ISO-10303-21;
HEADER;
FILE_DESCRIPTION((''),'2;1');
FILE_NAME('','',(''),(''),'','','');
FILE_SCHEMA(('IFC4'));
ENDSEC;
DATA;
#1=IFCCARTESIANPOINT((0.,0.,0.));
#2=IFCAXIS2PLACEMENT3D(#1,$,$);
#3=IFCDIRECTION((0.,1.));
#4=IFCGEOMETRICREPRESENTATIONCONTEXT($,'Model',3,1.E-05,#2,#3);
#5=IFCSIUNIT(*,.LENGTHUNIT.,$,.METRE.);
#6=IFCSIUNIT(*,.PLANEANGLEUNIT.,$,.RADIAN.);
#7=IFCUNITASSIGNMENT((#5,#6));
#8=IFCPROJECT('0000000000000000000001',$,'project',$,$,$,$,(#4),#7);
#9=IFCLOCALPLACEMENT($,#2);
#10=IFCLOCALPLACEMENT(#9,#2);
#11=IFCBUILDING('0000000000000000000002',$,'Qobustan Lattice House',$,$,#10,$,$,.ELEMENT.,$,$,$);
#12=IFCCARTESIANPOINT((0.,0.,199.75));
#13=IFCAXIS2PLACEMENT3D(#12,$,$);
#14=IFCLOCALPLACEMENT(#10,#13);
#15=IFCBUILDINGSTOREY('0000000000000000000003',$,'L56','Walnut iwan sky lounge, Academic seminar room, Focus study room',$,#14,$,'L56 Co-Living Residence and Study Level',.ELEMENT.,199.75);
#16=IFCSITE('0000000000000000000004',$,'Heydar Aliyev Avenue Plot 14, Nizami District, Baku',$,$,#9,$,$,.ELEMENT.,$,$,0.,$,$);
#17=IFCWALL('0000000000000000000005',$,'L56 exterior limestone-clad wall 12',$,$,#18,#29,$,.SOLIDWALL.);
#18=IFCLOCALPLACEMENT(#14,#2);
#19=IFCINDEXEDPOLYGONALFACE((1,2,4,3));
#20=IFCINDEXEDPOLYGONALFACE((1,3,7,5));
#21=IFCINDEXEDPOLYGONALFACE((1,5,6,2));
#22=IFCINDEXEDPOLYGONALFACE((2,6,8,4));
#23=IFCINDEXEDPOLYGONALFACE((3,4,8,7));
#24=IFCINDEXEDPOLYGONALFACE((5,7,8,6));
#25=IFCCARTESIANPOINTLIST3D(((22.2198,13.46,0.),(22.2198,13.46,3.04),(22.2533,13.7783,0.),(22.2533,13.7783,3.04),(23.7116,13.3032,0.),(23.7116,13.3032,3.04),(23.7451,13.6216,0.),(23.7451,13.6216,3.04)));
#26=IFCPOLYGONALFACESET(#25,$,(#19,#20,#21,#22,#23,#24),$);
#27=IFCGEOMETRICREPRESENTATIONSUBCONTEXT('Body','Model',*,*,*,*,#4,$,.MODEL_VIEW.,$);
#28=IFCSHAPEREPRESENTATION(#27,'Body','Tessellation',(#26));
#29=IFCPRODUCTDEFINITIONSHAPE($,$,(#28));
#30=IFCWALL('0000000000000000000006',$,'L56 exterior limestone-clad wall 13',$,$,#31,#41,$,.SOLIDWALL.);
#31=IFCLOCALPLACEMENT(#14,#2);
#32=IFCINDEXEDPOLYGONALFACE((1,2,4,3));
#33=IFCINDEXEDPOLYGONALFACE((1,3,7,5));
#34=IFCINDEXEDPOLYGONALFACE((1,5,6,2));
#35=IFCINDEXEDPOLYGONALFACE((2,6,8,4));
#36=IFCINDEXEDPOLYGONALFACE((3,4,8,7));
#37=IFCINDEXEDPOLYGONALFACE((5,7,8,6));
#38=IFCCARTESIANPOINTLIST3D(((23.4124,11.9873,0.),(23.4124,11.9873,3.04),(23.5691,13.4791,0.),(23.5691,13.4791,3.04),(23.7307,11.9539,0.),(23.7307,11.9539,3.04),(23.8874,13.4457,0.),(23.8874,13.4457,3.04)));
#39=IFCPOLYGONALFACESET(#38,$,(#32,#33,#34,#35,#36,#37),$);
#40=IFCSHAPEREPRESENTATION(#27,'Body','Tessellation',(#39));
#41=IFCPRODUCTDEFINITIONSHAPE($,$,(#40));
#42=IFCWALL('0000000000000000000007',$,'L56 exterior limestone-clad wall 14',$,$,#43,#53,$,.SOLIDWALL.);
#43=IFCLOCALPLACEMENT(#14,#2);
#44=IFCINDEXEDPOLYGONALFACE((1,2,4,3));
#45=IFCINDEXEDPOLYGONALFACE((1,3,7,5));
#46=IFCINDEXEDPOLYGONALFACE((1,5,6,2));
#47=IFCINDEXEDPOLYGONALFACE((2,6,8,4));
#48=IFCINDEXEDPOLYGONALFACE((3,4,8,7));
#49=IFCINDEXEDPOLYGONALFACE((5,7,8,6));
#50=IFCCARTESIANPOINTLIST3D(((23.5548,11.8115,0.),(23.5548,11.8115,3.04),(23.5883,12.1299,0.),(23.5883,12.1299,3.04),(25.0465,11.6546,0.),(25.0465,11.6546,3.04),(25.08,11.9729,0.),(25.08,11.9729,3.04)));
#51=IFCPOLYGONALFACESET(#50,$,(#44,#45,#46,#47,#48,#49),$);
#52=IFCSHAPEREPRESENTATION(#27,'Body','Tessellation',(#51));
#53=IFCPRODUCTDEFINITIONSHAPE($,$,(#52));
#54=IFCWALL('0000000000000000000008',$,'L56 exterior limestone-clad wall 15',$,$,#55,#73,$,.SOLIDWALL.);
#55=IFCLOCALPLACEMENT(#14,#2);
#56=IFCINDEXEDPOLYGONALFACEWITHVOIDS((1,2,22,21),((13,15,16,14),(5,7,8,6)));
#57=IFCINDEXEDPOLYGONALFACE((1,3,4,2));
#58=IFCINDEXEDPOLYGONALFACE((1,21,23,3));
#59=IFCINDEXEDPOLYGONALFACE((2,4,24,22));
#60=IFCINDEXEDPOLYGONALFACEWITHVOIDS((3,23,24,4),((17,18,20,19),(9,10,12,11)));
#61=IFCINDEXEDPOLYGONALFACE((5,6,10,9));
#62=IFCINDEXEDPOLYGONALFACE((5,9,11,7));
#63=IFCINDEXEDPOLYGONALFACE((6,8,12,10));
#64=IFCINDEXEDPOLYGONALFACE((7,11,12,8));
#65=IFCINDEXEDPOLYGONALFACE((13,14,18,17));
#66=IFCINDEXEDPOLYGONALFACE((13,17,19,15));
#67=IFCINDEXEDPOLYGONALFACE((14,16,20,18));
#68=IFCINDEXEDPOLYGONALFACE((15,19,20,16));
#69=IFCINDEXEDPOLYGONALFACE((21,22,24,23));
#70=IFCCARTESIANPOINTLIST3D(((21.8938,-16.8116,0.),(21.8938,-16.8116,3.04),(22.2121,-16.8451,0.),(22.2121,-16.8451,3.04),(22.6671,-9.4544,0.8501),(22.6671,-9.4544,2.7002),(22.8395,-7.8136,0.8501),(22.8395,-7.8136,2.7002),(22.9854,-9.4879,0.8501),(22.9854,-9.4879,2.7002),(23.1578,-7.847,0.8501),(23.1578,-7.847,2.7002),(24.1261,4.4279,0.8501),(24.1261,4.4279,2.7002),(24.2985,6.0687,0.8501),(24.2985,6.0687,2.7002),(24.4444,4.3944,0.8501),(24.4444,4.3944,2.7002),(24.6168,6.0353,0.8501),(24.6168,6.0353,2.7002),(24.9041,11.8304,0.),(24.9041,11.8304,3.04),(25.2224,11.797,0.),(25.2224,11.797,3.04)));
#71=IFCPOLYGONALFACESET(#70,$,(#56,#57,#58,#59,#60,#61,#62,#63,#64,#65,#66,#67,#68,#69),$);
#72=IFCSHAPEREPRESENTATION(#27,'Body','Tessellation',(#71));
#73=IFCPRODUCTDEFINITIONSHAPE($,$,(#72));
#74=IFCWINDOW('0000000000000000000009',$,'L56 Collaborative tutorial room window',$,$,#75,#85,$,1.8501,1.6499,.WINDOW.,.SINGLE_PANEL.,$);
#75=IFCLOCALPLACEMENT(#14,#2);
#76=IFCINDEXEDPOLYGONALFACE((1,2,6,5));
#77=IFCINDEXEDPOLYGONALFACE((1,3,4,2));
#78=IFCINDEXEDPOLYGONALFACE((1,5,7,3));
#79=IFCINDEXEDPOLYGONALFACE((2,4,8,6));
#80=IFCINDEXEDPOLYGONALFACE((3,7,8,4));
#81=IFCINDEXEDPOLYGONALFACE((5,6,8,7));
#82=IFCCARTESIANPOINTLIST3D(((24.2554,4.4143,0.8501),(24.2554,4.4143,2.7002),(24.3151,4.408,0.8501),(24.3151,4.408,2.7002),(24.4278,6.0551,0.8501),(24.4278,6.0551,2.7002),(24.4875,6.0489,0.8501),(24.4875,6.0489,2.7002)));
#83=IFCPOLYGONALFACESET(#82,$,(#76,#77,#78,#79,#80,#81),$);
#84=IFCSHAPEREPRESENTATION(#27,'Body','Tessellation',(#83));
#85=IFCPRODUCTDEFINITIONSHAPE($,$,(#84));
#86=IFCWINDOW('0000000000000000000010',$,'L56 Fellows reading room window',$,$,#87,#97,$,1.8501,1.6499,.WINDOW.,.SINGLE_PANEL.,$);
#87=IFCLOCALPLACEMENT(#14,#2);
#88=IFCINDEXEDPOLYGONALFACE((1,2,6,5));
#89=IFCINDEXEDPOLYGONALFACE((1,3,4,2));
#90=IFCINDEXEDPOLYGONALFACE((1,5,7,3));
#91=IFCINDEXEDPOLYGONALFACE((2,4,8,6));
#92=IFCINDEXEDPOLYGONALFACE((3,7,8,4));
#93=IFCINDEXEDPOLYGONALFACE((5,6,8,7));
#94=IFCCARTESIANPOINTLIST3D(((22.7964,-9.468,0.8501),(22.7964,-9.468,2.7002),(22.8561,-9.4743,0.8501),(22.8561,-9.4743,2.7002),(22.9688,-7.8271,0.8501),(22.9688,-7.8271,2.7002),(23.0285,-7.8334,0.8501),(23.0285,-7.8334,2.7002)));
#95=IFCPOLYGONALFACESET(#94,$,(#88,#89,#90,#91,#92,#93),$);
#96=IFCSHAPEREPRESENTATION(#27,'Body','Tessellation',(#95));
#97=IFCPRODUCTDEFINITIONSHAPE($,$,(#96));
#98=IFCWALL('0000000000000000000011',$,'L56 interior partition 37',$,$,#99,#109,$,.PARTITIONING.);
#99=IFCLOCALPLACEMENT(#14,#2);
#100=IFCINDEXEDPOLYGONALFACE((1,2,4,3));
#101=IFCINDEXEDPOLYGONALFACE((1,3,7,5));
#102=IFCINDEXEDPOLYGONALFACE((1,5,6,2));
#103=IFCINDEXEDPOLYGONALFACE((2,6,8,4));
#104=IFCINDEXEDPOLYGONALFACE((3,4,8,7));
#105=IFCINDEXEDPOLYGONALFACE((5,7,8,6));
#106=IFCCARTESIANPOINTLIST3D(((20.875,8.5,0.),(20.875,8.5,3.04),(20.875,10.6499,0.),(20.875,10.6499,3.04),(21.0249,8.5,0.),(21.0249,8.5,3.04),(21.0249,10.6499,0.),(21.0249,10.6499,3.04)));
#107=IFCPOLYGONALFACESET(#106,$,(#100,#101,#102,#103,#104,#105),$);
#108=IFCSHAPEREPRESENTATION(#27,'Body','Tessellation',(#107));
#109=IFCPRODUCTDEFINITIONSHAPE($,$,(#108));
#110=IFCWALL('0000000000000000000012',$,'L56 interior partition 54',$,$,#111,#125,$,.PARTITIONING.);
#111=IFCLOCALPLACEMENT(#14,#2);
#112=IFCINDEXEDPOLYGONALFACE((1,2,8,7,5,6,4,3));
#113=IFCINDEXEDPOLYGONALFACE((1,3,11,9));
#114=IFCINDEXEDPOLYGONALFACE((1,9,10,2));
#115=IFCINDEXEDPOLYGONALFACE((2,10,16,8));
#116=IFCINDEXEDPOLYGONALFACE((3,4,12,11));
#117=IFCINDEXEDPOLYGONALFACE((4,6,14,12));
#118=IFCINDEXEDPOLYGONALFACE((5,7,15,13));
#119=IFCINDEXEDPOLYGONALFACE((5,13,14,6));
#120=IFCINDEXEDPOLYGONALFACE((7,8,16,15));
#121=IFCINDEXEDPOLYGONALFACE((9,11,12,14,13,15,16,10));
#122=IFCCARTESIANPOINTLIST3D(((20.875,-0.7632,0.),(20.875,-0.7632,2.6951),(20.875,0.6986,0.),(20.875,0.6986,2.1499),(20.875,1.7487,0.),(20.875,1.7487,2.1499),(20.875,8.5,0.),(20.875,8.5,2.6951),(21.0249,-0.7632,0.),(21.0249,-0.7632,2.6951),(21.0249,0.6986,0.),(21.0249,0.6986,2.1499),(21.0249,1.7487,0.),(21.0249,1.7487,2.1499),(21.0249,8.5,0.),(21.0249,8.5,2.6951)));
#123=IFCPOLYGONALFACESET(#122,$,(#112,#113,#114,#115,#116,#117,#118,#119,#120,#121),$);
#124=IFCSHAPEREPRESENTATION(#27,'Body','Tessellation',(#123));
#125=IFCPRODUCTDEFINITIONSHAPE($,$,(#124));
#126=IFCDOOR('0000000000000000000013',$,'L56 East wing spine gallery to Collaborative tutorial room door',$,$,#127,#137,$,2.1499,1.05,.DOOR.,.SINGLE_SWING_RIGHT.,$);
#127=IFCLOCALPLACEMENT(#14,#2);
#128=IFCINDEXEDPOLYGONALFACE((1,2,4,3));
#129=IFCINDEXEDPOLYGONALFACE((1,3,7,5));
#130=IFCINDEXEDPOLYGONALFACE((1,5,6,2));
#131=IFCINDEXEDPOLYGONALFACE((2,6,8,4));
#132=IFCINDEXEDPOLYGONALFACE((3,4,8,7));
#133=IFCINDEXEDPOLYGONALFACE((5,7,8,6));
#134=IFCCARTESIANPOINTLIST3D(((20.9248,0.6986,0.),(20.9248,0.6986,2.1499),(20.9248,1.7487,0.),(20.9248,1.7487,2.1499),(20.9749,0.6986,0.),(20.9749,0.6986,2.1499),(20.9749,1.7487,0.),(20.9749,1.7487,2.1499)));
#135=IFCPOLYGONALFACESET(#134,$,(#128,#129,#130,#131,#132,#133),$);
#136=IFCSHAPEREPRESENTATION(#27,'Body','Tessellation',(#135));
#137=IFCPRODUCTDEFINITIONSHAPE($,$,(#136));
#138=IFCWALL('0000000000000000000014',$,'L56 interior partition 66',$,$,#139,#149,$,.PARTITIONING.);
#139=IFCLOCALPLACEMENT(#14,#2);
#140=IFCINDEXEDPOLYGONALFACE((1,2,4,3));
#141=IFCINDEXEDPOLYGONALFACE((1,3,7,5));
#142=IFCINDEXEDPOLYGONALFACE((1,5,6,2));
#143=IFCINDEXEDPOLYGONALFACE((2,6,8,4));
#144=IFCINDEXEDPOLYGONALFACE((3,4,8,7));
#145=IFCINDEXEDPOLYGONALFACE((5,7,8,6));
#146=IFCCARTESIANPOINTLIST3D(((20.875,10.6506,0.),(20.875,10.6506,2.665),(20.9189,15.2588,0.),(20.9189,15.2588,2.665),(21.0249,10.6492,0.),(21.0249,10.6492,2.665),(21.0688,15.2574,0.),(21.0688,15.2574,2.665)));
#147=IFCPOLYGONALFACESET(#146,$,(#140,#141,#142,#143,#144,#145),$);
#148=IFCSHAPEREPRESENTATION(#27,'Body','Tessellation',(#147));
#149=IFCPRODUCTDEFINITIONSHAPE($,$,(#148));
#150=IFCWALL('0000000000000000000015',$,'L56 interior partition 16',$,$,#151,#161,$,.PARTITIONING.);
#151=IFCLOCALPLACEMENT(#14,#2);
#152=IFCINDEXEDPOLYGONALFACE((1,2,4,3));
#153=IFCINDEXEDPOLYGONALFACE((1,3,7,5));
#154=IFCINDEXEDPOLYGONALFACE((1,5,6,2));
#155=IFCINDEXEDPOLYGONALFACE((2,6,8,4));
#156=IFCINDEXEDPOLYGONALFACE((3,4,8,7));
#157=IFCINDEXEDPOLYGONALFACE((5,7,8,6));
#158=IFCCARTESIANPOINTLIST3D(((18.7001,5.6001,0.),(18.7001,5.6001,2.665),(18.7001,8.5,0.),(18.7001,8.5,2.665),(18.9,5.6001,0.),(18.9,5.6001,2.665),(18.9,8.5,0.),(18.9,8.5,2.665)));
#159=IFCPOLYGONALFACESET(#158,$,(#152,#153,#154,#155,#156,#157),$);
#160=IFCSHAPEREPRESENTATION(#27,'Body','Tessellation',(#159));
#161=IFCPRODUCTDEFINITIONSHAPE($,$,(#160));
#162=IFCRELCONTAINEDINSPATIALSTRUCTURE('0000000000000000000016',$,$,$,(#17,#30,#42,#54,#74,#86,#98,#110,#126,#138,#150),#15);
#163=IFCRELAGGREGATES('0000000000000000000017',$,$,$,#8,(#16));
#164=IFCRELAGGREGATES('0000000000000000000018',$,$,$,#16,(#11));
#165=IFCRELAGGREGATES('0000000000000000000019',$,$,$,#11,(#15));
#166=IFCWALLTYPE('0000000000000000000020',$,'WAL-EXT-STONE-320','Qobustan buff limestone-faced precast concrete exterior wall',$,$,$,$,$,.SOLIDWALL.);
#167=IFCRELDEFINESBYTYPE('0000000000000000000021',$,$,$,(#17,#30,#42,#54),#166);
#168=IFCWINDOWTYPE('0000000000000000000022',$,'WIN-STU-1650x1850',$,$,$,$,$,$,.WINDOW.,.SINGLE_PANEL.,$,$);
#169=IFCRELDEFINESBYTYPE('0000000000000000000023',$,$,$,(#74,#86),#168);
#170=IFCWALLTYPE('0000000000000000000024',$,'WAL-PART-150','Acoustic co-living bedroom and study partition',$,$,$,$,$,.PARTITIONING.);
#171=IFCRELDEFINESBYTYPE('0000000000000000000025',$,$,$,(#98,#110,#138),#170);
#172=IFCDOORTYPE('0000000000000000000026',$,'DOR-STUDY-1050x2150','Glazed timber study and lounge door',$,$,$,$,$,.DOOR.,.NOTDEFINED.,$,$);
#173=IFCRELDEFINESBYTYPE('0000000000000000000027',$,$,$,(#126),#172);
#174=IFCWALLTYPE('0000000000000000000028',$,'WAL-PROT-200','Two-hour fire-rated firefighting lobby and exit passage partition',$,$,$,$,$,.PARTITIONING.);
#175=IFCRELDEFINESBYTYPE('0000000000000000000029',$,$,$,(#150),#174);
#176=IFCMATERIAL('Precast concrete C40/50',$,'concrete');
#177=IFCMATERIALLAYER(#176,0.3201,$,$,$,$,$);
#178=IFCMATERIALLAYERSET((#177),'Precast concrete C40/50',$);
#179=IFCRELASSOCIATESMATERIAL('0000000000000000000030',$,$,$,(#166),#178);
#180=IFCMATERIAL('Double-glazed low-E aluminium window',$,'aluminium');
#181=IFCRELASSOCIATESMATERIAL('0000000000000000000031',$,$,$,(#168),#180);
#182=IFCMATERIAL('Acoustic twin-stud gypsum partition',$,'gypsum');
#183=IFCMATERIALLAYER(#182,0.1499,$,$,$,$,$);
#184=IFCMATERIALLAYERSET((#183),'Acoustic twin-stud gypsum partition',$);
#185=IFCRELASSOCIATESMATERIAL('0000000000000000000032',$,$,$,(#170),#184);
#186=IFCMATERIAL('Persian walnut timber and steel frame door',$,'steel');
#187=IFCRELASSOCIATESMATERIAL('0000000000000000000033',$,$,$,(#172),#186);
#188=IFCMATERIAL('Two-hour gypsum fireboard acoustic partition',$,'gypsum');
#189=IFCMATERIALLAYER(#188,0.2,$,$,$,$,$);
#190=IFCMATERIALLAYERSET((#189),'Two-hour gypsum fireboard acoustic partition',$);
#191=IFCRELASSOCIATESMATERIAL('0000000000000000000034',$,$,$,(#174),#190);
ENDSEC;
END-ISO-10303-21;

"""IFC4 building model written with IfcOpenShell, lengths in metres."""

from ifc_helpers import new_model, si_unit, direction, frame, frame_2d, origin, place, context, subcontext, project, spatial, rectangle, extrude, material, layer, layer_set, type_object, element, fill, save


model = new_model("IFC4")

# Units and contexts
model_context = context("Model", 3, precision=1e-05, world=origin(), true_north=direction((0.0, 1.0)))
body_context = subcontext(model_context, "Body", "Model", "MODEL_VIEW")
ifc_project = project(units=[si_unit("LENGTHUNIT", "METRE"), si_unit("PLANEANGLEUNIT", "RADIAN")], contexts=[model_context])

# Site, building, storey
site_placement = place(None, origin())
site = spatial("IfcSite", under=ifc_project, at=site_placement, Name="Heydar Aliyev Avenue Plot 14, Nizami District, Baku", CompositionType="ELEMENT", RefElevation=0.0)
building_placement = place(site_placement, origin())
building = spatial("IfcBuilding", under=site, at=building_placement, Name="Qobustan Lattice House", CompositionType="ELEMENT")
storey_placement = place(building_placement, frame((0.0, 0.0, 199.75)))
storey = spatial("IfcBuildingStorey", under=building, at=storey_placement, Name="L56", Description="Walnut iwan sky lounge, Academic seminar room, Focus study room", LongName="L56 Co-Living Residence and Study Level", CompositionType="ELEMENT", Elevation=199.75)

# Walls
ifc_material_1 = material(Name="Precast concrete C40/50", Category="concrete")
ifc_layer_1 = layer(ifc_material_1, 0.3201)
ifc_layer_set_1 = layer_set([ifc_layer_1], Name="Precast concrete C40/50")
wall_type_1 = type_object("IfcWallType", Name="WAL-EXT-STONE-320", Description="Qobustan buff limestone-faced precast concrete exterior wall", PredefinedType="SOLIDWALL", material=ifc_layer_set_1)
for number, where, z_axis, x_axis, name in (
    (1, (22.2366, 13.6191, 0.0), (0.0, 0.0, 1.0), (0.994525, -0.104498, 0.0), "L56 exterior limestone-clad wall 12"),
    (2, (23.7283, 13.4624, 0.0), (0.0, 0.0, 1.0), (-0.104498, -0.994525, 0.0), "L56 exterior limestone-clad wall 13"),
    (3, (23.5715, 11.9707, 0.0), (0.0, 0.0, 1.0), (0.994508, -0.104659, 0.0), "L56 exterior limestone-clad wall 14"),
):
    element("IfcWall", number, at=place(storey_placement, frame(where, z_axis=z_axis, x_axis=x_axis)), inside=storey, type_object=wall_type_1, Name=name, PredefinedType="SOLIDWALL", context=body_context, shape_type="SweptSolid", body=[
        extrude(rectangle(XDim=1.5, YDim=0.3201, at=frame_2d((0.75, 0.0))), origin(), (0.0, 0.0, 1.0), 3.04),
    ])

# Wall, openings, windows
wall_1_placement = place(storey_placement, frame((25.0632, 11.8137, 0.0), z_axis=(0.0, 0.0, 1.0), x_axis=(-0.104523, -0.994522, 0.0)))
wall_1 = element("IfcWall", 4, at=wall_1_placement, inside=storey, type_object=wall_type_1, Name="L56 exterior limestone-clad wall 15", PredefinedType="SOLIDWALL", context=body_context, shape_type="SweptSolid", body=[
    extrude(rectangle(XDim=28.7998, YDim=0.3201, at=frame_2d((14.3999, 0.0))), origin(), (0.0, 0.0, 1.0), 3.04),
])
opening_1_placement = place(wall_1_placement, frame((5.7935, 0.0, 0.8501)))
opening_1 = element("IfcOpeningElement", 5, at=opening_1_placement, cuts=wall_1, PredefinedType="OPENING", context=body_context, shape_type="SweptSolid", body=[
    extrude(rectangle(XDim=1.6499, YDim=1.8501, at=frame_2d((0.825, 0.925))), frame((0.0, 0.1699, 0.0), z_axis=(0.0, -1.0, 0.0), x_axis=(1.0, 0.0, 0.0)), (0.0, 0.0, 1.0), 0.3401),
])
opening_2_placement = place(wall_1_placement, frame((19.7522, 0.0, 0.8501)))
opening_2 = element("IfcOpeningElement", 6, at=opening_2_placement, cuts=wall_1, PredefinedType="OPENING", context=body_context, shape_type="SweptSolid", body=[
    extrude(rectangle(XDim=1.6499, YDim=1.8501, at=frame_2d((0.825, 0.925))), frame((0.0, 0.1699, 0.0), z_axis=(0.0, -1.0, 0.0), x_axis=(1.0, 0.0, 0.0)), (0.0, 0.0, 1.0), 0.3401),
])
ifc_material_2 = material(Name="Double-glazed low-E aluminium window", Category="aluminium")
window_type = type_object("IfcWindowType", Name="WIN-STU-1650x1850", PartitioningType="SINGLE_PANEL", PredefinedType="WINDOW", material=ifc_material_2)
window_1_placement = place(opening_1_placement, origin())
window_1 = element("IfcWindow", 7, at=window_1_placement, inside=storey, type_object=window_type, Name="L56 Collaborative tutorial room window", OverallHeight=1.8501, OverallWidth=1.6499, PartitioningType="SINGLE_PANEL", PredefinedType="WINDOW", context=body_context, shape_type="SweptSolid", body=[
    extrude(rectangle(XDim=1.6499, YDim=1.8501, at=frame_2d((0.825, 0.925))), frame((0.0, 0.03, 0.0), z_axis=(0.0, -1.0, 0.0), x_axis=(1.0, 0.0, 0.0)), (0.0, 0.0, 1.0), 0.0601),
])
fill(opening_1, window_1)
window_2_placement = place(opening_2_placement, origin())
window_2 = element("IfcWindow", 8, at=window_2_placement, inside=storey, type_object=window_type, Name="L56 Fellows reading room window", OverallHeight=1.8501, OverallWidth=1.6499, PartitioningType="SINGLE_PANEL", PredefinedType="WINDOW", context=body_context, shape_type="SweptSolid", body=[
    extrude(rectangle(XDim=1.6499, YDim=1.8501, at=frame_2d((0.825, 0.925))), frame((0.0, 0.03, 0.0), z_axis=(0.0, -1.0, 0.0), x_axis=(1.0, 0.0, 0.0)), (0.0, 0.0, 1.0), 0.0601),
])
fill(opening_2, window_2)

# Wall
ifc_material_3 = material(Name="Acoustic twin-stud gypsum partition", Category="gypsum")
ifc_layer_2 = layer(ifc_material_3, 0.1499)
ifc_layer_set_2 = layer_set([ifc_layer_2], Name="Acoustic twin-stud gypsum partition")
wall_type_2 = type_object("IfcWallType", Name="WAL-PART-150", Description="Acoustic co-living bedroom and study partition", PredefinedType="PARTITIONING", material=ifc_layer_set_2)
wall_2_placement = place(storey_placement, frame((20.95, 10.6499, 0.0), z_axis=(0.0, 0.0, 1.0), x_axis=(0.0, -1.0, 0.0)))
element("IfcWall", 9, at=wall_2_placement, inside=storey, type_object=wall_type_2, Name="L56 interior partition 37", PredefinedType="PARTITIONING", context=body_context, shape_type="SweptSolid", body=[
    extrude(rectangle(XDim=2.1499, YDim=0.1499, at=frame_2d((1.075, 0.0))), origin(), (0.0, 0.0, 1.0), 3.04),
])

# Wall, opening, door
wall_3_placement = place(storey_placement, frame((20.95, 8.5, 0.0), z_axis=(0.0, 0.0, 1.0), x_axis=(0.0, -1.0, 0.0)))
wall_3 = element("IfcWall", 10, at=wall_3_placement, inside=storey, type_object=wall_type_2, Name="L56 interior partition 54", PredefinedType="PARTITIONING", context=body_context, shape_type="SweptSolid", body=[
    extrude(rectangle(XDim=9.2632, YDim=0.1499, at=frame_2d((4.6316, 0.0))), origin(), (0.0, 0.0, 1.0), 2.6951),
])
opening_3_placement = place(wall_3_placement, frame((6.7515, 0.0, 0.0)))
opening_3 = element("IfcOpeningElement", 11, at=opening_3_placement, cuts=wall_3, PredefinedType="OPENING", context=body_context, shape_type="SweptSolid", body=[
    extrude(rectangle(XDim=1.05, YDim=2.1499, at=frame_2d((0.5249, 1.075))), frame((0.0, 0.085, 0.0), z_axis=(0.0, -1.0, 0.0), x_axis=(1.0, 0.0, 0.0)), (0.0, 0.0, 1.0), 0.1699),
])
ifc_material_4 = material(Name="Persian walnut timber and steel frame door", Category="steel")
door_type_1 = type_object("IfcDoorType", Name="DOR-STUDY-1050x2150", Description="Glazed timber study and lounge door", OperationType="NOTDEFINED", PredefinedType="DOOR", material=ifc_material_4)
door_1_placement = place(opening_3_placement, origin())
door_1 = element("IfcDoor", 12, at=door_1_placement, inside=storey, type_object=door_type_1, Name="L56 East wing spine gallery to Collaborative tutorial room door", OperationType="SINGLE_SWING_RIGHT", OverallHeight=2.1499, OverallWidth=1.05, PredefinedType="DOOR", context=body_context, shape_type="SweptSolid", body=[
    extrude(rectangle(XDim=1.05, YDim=2.1499, at=frame_2d((0.5249, 1.075))), frame((0.0, 0.0249, 0.0), z_axis=(0.0, -1.0, 0.0), x_axis=(1.0, 0.0, 0.0)), (0.0, 0.0, 1.0), 0.05),
])
fill(opening_3, door_1)

# Wall
wall_4_placement = place(storey_placement, frame((20.95, 10.6499, 0.0), z_axis=(0.0, 0.0, 1.0), x_axis=(0.009536, 0.999955, 0.0)))
element("IfcWall", 13, at=wall_4_placement, inside=storey, type_object=wall_type_2, Name="L56 interior partition 66", PredefinedType="PARTITIONING", context=body_context, shape_type="SweptSolid", body=[
    extrude(rectangle(XDim=4.6084, YDim=0.1499, at=frame_2d((2.3042, 0.0))), origin(), (0.0, 0.0, 1.0), 2.665),
])

# Shared definitions
ifc_material_5 = material(Name="Two-hour gypsum fireboard acoustic partition", Category="gypsum")
ifc_layer_3 = layer(ifc_material_5, 0.2)
ifc_layer_set_3 = layer_set([ifc_layer_3], Name="Two-hour gypsum fireboard acoustic partition")
wall_type_3 = type_object("IfcWallType", Name="WAL-PROT-200", Description="Two-hour fire-rated firefighting lobby and exit passage partition", PredefinedType="PARTITIONING", material=ifc_layer_set_3)

# Wall
wall_5_placement = place(storey_placement, frame((18.8, 5.6001, 0.0), z_axis=(0.0, 0.0, 1.0), x_axis=(0.0, 1.0, 0.0)))
element("IfcWall", 14, at=wall_5_placement, inside=storey, type_object=wall_type_3, Name="L56 interior partition 16", PredefinedType="PARTITIONING", context=body_context, shape_type="SweptSolid", body=[
    extrude(rectangle(XDim=2.8999, YDim=0.2, at=frame_2d((1.45, 0.0))), origin(), (0.0, 0.0, 1.0), 2.665),
])

save(model, "model.ifc")
